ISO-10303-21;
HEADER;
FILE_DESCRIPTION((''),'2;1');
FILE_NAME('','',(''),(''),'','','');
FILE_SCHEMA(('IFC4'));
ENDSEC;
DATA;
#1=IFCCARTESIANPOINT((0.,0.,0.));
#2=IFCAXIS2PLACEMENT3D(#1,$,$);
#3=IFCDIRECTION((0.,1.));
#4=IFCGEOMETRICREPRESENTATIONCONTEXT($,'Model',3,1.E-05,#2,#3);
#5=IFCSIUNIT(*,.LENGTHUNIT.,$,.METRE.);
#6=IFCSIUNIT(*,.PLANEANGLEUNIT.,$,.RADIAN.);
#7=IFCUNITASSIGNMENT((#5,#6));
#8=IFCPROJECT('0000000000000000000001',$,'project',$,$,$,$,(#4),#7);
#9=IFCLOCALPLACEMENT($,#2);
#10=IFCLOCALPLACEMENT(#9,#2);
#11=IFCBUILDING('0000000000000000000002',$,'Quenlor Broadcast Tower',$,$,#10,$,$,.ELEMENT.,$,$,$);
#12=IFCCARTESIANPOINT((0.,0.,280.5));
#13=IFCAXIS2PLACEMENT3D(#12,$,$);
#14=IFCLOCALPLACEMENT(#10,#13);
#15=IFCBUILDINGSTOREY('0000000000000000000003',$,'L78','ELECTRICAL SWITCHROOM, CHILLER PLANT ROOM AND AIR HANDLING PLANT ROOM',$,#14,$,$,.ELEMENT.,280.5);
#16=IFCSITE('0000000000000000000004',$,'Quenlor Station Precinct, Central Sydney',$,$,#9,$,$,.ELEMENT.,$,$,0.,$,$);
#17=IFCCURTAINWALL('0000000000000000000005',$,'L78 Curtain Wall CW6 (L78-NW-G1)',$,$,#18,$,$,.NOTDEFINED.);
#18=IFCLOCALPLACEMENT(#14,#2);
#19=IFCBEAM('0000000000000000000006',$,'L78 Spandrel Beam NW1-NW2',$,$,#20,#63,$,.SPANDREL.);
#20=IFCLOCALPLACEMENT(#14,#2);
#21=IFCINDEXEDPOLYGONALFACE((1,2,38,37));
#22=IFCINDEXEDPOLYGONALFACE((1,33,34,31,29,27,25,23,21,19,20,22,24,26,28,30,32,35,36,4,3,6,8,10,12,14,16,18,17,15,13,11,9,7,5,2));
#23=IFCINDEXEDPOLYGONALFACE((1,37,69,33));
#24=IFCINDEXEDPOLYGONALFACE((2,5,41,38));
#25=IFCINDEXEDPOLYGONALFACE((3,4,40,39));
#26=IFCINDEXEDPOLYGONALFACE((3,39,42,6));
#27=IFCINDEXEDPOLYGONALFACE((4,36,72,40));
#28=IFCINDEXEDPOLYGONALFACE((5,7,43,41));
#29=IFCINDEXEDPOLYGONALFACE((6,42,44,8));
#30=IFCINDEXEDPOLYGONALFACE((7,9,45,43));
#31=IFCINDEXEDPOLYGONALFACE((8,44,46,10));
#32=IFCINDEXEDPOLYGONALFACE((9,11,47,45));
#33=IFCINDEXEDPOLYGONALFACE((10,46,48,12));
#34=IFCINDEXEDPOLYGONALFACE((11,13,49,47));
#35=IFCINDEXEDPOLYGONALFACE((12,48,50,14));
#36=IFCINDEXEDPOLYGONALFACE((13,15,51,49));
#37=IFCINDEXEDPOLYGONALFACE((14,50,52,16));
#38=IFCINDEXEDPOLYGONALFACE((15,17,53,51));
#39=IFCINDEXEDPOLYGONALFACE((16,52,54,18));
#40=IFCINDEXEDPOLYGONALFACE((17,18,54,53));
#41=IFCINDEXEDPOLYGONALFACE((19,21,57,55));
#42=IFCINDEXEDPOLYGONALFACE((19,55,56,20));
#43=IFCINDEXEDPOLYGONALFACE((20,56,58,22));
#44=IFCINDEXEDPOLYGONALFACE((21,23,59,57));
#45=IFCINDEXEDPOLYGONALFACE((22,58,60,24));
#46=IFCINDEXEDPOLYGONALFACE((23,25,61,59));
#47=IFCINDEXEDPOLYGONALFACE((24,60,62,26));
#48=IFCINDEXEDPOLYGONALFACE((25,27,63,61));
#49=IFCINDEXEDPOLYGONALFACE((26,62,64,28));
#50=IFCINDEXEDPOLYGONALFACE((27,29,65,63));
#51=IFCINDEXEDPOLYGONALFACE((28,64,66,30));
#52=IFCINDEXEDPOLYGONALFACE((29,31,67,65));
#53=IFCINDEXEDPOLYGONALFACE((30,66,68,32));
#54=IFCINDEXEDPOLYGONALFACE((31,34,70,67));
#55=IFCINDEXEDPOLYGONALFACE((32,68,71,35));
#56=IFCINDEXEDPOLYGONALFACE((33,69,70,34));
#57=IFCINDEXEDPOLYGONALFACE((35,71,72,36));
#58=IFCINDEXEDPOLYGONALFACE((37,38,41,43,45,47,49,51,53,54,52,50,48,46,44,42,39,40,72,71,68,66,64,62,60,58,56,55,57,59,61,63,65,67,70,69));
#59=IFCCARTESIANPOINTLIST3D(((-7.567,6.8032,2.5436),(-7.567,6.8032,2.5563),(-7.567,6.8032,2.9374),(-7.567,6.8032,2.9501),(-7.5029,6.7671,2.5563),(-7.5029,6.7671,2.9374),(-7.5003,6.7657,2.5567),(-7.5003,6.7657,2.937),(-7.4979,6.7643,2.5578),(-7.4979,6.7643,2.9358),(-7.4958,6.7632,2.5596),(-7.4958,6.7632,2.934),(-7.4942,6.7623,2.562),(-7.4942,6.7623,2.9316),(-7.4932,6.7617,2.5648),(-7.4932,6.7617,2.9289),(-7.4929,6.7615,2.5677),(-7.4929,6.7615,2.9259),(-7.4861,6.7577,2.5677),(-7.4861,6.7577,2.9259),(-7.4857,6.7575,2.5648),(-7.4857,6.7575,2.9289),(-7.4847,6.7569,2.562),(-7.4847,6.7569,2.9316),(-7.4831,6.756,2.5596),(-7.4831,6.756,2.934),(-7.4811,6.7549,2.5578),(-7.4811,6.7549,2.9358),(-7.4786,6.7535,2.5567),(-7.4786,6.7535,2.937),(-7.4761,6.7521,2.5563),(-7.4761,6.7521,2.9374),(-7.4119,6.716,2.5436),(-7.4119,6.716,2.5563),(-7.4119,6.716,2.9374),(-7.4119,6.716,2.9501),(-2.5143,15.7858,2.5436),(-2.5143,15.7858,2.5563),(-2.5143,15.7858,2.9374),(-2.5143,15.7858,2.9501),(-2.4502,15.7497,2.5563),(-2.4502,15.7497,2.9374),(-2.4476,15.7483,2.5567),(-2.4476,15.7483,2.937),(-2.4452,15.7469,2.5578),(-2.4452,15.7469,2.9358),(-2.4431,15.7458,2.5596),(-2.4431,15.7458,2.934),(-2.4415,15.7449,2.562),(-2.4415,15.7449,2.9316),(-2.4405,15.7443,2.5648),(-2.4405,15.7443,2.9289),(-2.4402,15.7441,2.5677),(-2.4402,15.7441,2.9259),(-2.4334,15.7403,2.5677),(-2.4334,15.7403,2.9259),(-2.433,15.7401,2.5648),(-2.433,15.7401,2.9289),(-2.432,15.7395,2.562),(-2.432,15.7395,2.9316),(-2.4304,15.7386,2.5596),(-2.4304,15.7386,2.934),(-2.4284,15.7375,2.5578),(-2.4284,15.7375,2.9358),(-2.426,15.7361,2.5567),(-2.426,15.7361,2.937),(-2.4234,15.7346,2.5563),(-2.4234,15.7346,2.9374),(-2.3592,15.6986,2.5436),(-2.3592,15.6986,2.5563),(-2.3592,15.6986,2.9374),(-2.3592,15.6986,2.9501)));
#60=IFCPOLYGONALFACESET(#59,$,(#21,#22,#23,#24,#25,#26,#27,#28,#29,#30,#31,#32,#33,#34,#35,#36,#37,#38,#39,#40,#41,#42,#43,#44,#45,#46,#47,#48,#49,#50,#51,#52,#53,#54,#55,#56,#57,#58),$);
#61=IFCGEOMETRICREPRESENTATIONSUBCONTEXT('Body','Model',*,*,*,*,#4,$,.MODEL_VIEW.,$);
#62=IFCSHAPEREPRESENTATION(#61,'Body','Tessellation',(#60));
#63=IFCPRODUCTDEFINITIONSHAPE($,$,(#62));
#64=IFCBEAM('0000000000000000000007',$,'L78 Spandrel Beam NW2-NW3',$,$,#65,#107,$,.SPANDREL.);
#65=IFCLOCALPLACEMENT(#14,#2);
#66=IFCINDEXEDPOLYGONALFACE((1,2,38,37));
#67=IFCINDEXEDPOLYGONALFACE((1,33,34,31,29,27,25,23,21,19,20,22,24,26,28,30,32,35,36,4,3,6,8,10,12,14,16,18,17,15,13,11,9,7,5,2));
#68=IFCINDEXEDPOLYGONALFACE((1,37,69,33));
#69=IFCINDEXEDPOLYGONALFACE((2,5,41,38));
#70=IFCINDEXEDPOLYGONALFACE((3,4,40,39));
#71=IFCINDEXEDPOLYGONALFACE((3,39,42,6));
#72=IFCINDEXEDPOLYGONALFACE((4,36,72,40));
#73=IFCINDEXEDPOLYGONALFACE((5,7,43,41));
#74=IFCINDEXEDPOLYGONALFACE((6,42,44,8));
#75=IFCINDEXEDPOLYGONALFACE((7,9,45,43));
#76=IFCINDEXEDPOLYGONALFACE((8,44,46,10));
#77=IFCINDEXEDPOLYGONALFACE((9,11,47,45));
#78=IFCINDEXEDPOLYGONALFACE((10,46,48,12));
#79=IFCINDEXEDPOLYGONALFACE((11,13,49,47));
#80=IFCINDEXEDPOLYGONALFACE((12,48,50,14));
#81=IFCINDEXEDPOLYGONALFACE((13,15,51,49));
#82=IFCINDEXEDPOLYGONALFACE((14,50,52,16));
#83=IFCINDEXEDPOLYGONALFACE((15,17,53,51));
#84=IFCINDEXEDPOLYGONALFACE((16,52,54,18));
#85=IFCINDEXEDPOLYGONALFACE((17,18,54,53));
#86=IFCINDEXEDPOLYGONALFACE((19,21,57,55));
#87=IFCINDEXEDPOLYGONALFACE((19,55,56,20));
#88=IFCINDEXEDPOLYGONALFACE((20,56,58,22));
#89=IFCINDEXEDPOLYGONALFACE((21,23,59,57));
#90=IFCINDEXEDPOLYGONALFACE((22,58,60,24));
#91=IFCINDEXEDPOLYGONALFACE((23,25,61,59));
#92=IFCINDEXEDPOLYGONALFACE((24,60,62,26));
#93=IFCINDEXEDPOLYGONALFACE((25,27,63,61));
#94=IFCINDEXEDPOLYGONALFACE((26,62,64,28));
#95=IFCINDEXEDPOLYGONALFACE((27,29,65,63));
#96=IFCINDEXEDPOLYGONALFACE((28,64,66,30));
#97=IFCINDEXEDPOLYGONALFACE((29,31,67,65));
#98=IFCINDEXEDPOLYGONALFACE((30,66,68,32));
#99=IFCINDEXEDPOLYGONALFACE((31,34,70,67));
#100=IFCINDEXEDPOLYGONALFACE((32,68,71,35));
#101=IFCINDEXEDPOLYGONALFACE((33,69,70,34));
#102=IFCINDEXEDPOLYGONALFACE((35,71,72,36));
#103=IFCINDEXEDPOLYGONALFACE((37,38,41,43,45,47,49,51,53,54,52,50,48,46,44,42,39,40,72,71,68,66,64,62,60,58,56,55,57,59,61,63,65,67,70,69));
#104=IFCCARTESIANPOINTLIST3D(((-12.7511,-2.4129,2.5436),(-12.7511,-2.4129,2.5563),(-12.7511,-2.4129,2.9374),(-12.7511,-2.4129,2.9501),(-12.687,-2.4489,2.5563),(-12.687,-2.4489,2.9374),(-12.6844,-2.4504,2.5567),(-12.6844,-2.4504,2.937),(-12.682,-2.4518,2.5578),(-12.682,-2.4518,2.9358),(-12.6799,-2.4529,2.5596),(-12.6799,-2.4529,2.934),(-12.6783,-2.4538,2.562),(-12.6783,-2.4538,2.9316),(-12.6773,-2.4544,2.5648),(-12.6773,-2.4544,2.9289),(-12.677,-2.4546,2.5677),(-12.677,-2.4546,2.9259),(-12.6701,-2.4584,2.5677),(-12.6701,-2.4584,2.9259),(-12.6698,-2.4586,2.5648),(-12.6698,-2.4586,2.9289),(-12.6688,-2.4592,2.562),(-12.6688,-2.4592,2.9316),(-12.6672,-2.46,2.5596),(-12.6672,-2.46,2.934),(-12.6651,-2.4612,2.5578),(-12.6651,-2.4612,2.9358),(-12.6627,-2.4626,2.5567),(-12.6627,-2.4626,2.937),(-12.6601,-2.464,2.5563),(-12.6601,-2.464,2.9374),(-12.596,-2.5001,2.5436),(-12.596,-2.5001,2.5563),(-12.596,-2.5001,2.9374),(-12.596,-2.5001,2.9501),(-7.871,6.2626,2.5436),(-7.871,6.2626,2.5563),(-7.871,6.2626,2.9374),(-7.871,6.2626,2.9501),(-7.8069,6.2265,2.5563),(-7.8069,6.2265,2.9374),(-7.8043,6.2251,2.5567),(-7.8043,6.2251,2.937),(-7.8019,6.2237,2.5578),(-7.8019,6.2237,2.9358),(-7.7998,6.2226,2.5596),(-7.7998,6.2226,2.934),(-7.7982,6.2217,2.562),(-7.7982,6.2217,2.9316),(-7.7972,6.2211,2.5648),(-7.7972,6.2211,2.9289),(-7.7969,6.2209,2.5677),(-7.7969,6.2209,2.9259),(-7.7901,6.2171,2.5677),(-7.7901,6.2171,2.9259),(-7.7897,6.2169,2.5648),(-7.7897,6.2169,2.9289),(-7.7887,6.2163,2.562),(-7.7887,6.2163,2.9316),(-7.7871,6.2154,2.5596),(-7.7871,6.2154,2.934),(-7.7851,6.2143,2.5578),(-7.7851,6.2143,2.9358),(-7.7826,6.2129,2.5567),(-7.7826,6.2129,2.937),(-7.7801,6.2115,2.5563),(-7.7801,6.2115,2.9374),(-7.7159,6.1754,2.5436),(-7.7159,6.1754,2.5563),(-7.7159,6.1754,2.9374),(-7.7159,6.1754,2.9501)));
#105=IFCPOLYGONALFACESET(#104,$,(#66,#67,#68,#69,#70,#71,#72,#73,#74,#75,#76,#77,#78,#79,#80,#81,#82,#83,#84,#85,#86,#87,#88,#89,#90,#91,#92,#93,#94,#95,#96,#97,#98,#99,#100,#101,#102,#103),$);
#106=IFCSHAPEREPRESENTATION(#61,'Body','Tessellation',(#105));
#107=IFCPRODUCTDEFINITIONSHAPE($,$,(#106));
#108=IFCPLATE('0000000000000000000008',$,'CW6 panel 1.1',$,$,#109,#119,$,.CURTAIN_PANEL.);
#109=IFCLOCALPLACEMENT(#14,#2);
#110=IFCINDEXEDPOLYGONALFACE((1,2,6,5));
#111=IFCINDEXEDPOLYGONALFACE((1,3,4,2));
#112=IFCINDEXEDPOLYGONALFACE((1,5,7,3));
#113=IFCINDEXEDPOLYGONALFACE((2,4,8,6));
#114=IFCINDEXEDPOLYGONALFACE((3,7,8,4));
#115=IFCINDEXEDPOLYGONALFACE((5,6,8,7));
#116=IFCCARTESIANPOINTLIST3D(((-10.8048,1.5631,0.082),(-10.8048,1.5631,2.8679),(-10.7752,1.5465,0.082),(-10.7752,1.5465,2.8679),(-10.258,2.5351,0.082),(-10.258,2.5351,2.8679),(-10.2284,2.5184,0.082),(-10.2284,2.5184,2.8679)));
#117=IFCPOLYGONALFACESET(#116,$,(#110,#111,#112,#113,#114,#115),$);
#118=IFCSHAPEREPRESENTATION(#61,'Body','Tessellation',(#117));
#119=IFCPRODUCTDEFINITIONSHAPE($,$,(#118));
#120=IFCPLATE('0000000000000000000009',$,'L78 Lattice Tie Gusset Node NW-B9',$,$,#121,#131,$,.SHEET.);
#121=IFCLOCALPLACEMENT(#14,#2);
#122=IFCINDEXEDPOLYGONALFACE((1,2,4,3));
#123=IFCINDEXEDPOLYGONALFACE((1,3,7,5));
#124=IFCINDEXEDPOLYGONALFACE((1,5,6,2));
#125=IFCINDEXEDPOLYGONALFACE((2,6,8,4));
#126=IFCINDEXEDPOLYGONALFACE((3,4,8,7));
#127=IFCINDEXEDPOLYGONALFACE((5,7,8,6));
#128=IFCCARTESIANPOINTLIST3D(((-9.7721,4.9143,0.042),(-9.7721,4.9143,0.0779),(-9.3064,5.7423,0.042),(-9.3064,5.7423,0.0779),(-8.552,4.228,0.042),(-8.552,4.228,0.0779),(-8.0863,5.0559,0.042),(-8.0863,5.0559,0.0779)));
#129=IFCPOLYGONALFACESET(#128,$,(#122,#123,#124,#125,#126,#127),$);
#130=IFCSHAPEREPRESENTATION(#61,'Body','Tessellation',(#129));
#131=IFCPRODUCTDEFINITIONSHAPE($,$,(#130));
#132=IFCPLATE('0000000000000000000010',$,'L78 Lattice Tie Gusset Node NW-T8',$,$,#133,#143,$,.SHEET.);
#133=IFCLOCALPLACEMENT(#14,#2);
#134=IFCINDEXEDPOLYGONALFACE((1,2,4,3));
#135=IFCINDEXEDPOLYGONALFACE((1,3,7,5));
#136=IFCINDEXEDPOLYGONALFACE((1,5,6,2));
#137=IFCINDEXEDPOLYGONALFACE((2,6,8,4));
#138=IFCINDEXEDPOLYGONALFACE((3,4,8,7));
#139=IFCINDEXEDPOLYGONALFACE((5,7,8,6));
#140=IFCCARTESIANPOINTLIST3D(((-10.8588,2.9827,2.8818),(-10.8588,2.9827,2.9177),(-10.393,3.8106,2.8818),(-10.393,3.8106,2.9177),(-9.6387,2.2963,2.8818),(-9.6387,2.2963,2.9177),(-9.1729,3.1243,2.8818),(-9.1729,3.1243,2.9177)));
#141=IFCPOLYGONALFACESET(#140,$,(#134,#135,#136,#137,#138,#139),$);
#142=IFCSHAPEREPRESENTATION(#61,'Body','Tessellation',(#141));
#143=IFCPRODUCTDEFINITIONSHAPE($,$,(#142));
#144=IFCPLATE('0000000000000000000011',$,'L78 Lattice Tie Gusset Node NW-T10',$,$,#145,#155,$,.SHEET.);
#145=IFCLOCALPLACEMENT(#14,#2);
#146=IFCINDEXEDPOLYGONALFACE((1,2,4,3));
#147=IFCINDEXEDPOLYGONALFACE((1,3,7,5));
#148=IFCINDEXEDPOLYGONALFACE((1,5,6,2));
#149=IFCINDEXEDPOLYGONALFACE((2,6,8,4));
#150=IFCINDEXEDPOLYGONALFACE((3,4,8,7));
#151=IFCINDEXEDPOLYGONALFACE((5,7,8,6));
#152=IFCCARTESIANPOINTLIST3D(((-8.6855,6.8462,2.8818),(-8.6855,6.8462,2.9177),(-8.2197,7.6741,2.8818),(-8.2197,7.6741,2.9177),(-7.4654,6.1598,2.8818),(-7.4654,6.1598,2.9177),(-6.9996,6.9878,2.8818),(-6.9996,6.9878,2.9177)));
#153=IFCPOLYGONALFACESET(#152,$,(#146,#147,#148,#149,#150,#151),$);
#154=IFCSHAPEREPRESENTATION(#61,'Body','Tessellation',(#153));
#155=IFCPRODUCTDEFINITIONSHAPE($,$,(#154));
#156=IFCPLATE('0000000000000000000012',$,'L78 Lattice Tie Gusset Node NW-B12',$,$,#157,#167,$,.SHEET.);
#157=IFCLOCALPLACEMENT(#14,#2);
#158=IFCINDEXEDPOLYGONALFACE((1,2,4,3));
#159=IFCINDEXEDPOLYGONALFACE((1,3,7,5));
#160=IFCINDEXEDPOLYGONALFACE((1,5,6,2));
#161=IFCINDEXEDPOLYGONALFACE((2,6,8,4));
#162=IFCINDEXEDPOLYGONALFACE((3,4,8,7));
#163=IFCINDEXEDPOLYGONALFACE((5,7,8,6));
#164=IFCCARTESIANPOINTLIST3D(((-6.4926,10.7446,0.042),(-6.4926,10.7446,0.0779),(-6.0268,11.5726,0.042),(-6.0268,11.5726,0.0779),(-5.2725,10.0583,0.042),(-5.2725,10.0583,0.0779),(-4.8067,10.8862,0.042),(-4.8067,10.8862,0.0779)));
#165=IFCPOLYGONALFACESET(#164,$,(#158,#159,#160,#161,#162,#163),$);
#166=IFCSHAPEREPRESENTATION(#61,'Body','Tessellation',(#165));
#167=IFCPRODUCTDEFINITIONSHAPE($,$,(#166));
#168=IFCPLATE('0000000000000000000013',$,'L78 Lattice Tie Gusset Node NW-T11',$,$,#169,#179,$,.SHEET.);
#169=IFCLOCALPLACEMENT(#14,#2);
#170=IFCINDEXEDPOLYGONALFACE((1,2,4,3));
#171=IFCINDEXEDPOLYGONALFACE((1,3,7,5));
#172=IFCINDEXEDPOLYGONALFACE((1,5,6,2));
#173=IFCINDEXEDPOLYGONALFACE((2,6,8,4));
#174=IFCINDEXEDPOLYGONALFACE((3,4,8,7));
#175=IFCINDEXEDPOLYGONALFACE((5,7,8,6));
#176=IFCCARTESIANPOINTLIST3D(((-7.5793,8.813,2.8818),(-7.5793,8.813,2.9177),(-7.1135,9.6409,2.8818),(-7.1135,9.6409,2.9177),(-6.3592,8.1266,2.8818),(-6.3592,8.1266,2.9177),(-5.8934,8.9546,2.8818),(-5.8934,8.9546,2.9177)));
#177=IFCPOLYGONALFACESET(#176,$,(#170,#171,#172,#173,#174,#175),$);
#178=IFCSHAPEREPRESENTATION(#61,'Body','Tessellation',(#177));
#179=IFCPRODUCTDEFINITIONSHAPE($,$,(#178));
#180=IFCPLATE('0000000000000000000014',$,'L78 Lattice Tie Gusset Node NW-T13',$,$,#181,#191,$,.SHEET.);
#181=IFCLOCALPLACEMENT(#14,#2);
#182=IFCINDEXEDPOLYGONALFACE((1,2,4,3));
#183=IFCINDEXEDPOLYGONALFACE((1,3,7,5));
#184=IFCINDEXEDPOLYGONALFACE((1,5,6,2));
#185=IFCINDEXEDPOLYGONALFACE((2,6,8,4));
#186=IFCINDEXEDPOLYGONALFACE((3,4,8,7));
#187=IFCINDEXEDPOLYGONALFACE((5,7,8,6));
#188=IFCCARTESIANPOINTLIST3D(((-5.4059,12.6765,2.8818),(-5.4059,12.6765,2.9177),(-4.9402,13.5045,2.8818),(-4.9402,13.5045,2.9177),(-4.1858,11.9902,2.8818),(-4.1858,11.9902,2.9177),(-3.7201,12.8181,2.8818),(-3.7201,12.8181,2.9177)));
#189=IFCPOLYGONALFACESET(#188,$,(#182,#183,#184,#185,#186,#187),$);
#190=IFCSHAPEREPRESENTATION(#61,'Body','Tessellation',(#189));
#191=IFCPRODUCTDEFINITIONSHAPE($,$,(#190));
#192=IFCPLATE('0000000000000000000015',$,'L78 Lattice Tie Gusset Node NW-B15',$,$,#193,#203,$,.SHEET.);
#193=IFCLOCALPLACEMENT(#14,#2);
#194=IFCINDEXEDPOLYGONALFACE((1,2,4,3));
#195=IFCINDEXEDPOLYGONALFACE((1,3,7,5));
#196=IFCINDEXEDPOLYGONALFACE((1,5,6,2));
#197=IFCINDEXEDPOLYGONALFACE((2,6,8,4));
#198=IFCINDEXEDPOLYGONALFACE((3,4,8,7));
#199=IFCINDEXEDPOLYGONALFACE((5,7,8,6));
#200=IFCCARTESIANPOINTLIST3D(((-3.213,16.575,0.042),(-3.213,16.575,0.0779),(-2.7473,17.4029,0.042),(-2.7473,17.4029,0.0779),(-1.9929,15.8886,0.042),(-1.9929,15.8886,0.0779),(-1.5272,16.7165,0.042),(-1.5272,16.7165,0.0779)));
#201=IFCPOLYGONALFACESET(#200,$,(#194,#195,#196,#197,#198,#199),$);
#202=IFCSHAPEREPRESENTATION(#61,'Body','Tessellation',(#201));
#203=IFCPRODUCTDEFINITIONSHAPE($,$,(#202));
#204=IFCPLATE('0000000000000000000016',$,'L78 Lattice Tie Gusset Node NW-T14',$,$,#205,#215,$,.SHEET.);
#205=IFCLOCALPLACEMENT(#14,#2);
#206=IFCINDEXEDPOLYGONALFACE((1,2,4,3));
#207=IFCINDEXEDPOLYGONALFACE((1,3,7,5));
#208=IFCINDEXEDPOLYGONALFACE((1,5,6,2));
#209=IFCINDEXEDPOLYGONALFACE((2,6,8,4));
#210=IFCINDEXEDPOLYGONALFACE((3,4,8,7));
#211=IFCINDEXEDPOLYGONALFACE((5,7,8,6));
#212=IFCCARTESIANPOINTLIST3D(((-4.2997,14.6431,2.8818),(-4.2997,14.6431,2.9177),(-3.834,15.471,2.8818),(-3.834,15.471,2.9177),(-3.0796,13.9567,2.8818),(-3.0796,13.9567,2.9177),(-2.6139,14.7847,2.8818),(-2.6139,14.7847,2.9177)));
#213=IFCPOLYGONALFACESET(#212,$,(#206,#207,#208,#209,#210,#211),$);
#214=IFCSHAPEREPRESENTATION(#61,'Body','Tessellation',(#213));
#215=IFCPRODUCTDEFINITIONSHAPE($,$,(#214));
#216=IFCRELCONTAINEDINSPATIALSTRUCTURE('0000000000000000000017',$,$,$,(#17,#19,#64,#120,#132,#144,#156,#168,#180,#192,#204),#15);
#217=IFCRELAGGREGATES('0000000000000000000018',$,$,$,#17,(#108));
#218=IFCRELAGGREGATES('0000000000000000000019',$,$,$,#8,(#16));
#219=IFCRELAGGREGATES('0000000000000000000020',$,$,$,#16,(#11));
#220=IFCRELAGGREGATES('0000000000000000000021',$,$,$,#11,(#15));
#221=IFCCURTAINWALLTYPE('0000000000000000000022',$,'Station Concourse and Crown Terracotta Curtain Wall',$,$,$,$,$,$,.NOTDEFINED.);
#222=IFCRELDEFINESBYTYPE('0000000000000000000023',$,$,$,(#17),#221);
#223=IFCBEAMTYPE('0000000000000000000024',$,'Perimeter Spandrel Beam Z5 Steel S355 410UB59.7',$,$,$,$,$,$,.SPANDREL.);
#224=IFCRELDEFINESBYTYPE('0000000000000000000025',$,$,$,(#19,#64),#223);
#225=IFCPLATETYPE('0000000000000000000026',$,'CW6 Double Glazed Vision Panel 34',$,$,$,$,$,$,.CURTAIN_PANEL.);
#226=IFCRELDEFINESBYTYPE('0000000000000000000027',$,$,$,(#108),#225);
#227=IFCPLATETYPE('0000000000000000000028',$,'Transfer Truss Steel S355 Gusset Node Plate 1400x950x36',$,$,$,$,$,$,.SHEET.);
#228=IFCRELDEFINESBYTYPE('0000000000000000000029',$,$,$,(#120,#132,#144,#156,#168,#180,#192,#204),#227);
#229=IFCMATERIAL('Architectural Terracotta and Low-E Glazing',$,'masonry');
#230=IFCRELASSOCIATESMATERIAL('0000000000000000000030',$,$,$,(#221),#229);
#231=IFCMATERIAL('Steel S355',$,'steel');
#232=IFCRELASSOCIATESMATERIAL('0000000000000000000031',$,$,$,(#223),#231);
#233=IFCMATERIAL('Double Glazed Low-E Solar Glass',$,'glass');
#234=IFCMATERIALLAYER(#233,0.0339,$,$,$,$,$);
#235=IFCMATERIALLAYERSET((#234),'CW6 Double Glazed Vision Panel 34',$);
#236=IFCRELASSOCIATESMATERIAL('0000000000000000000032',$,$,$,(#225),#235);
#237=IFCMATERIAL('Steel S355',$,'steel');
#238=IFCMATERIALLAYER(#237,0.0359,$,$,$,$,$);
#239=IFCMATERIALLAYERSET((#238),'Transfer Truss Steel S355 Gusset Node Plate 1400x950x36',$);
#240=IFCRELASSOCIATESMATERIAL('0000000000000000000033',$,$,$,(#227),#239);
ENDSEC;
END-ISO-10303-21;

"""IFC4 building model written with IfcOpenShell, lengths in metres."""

from ifc_helpers import new_model, si_unit, direction, frame, origin, origin_2d, place, context, subcontext, project, spatial, rectangle, i_section, extrude, material, layer, layer_set, material_profile, profile_set, type_object, element, aggregate, save


model = new_model("IFC4")

# Units and contexts
model_context = context("Model", 3, precision=1e-05, world=origin(), true_north=direction((0.0, 1.0)))
body_context = subcontext(model_context, "Body", "Model", "MODEL_VIEW")
ifc_project = project(units=[si_unit("LENGTHUNIT", "METRE"), si_unit("PLANEANGLEUNIT", "RADIAN")], contexts=[model_context])

# Site, building, storey
site_placement = place(None, origin())
site = spatial("IfcSite", under=ifc_project, at=site_placement, Name="Quenlor Station Precinct, Central Sydney", CompositionType="ELEMENT", RefElevation=0.0)
building_placement = place(site_placement, origin())
building = spatial("IfcBuilding", under=site, at=building_placement, Name="Quenlor Broadcast Tower", CompositionType="ELEMENT")
storey_placement = place(building_placement, frame((0.0, 0.0, 280.5)))
storey = spatial("IfcBuildingStorey", under=building, at=storey_placement, Name="L78", Description="ELECTRICAL SWITCHROOM, CHILLER PLANT ROOM AND AIR HANDLING PLANT ROOM", CompositionType="ELEMENT", Elevation=280.5)

# Curtain wall
ifc_material_1 = material(Name="Architectural Terracotta and Low-E Glazing", Category="masonry")
curtain_wall_type = type_object("IfcCurtainWallType", Name="Station Concourse and Crown Terracotta Curtain Wall", PredefinedType="NOTDEFINED", material=ifc_material_1)
curtain_wall_placement = place(storey_placement, origin())
curtain_wall = element("IfcCurtainWall", 1, at=curtain_wall_placement, inside=storey, type_object=curtain_wall_type, Name="L78 Curtain Wall CW6 (L78-NW-G1)", PredefinedType="NOTDEFINED")

# Beams
ifc_material_2 = material(Name="Steel S355", Category="steel")
ifc_material_profile_1 = material_profile(ifc_material_2, i_section(OverallWidth=0.178, OverallDepth=0.4065, WebThickness=0.0078, FlangeThickness=0.0127, FilletRadius=0.0115, at=origin_2d()))
ifc_profile_set_1 = profile_set([ifc_material_profile_1], Name="Steel S355 410UB59.7")
beam_type_1 = type_object("IfcBeamType", Name="Perimeter Spandrel Beam Z5 Steel S355 410UB59.7", PredefinedType="SPANDREL", material=ifc_profile_set_1)
beam_1_placement = place(storey_placement, frame((-2.4368, 15.7422, 2.7468), z_axis=(-0.49026, -0.871576, 0.0), x_axis=(0.871576, -0.49026, 0.0)))
element("IfcBeam", 2, at=beam_1_placement, inside=storey, type_object=beam_type_1, Name="L78 Spandrel Beam NW1-NW2", PredefinedType="SPANDREL", context=body_context, shape_type="SweptSolid", body=[
    extrude(i_section(OverallWidth=0.178, OverallDepth=0.4065, WebThickness=0.0078, FlangeThickness=0.0127, FilletRadius=0.0115, at=origin_2d()), origin(), (0.0, 0.0, 1.0), 10.3062),
])
beam_2_placement = place(storey_placement, frame((-7.7935, 6.219, 2.7468), z_axis=(-0.490272, -0.87157, 0.0), x_axis=(0.87157, -0.490272, 0.0)))
element("IfcBeam", 3, at=beam_2_placement, inside=storey, type_object=beam_type_1, Name="L78 Spandrel Beam NW2-NW3", PredefinedType="SPANDREL", context=body_context, shape_type="SweptSolid", body=[
    extrude(i_section(OverallWidth=0.178, OverallDepth=0.4065, WebThickness=0.0078, FlangeThickness=0.0127, FilletRadius=0.0115, at=origin_2d()), origin(), (0.0, 0.0, 1.0), 9.9539),
])

# Plate
ifc_material_3 = material(Name="Double Glazed Low-E Solar Glass", Category="glass")
ifc_layer_1 = layer(ifc_material_3, 0.0339)
ifc_layer_set_1 = layer_set([ifc_layer_1], Name="CW6 Double Glazed Vision Panel 34")
plate_type_1 = type_object("IfcPlateType", Name="CW6 Double Glazed Vision Panel 34", PredefinedType="CURTAIN_PANEL", material=ifc_layer_set_1)
plate_placement = place(storey_placement, frame((-10.5166, 2.0408, 0.082), z_axis=(0.0, 0.0, 1.0), x_axis=(0.490302, 0.871553, 0.0)))
plate = element("IfcPlate", 4, at=plate_placement, type_object=plate_type_1, Name="CW6 panel 1.1", PredefinedType="CURTAIN_PANEL", context=body_context, shape_type="SweptSolid", body=[
    extrude(rectangle(XDim=1.1152, YDim=0.0339, at=origin_2d()), origin(), (0.0, 0.0, 1.0), 2.7859),
])
aggregate(curtain_wall, [plate])

# Plates
ifc_material_4 = material(Name="Steel S355", Category="steel")
ifc_layer_2 = layer(ifc_material_4, 0.0359)
ifc_layer_set_2 = layer_set([ifc_layer_2], Name="Transfer Truss Steel S355 Gusset Node Plate 1400x950x36")
plate_type_2 = type_object("IfcPlateType", Name="Transfer Truss Steel S355 Gusset Node Plate 1400x950x36", PredefinedType="SHEET", material=ifc_layer_set_2)
for number, where, z_axis, x_axis, name in (
    (5, (-8.9292, 4.9851, 0.042), (0.0, 0.0, 1.0), (-0.871556, 0.490295, 0.0), "L78 Lattice Tie Gusset Node NW-B9"),
    (6, (-10.0159, 3.0535, 2.8818), (0.0, 0.0, 1.0), (-0.871556, 0.490295, 0.0), "L78 Lattice Tie Gusset Node NW-T8"),
    (7, (-7.8425, 6.917, 2.8818), (0.0, 0.0, 1.0), (-0.871556, 0.490295, 0.0), "L78 Lattice Tie Gusset Node NW-T10"),
    (8, (-5.6497, 10.8154, 0.042), (0.0, 0.0, 1.0), (-0.871556, 0.490295, 0.0), "L78 Lattice Tie Gusset Node NW-B12"),
    (9, (-6.7363, 8.8838, 2.8818), (0.0, 0.0, 1.0), (-0.871556, 0.490295, 0.0), "L78 Lattice Tie Gusset Node NW-T11"),
    (10, (-4.563, 12.7473, 2.8818), (0.0, 0.0, 1.0), (-0.871556, 0.490295, 0.0), "L78 Lattice Tie Gusset Node NW-T13"),
    (11, (-2.3701, 16.6458, 0.042), (0.0, 0.0, 1.0), (-0.871556, 0.490295, 0.0), "L78 Lattice Tie Gusset Node NW-B15"),
    (12, (-3.4568, 14.7139, 2.8818), (0.0, 0.0, 1.0), (-0.871556, 0.490295, 0.0), "L78 Lattice Tie Gusset Node NW-T14"),
):
    element("IfcPlate", number, at=place(storey_placement, frame(where, z_axis=z_axis, x_axis=x_axis)), inside=storey, type_object=plate_type_2, Name=name, PredefinedType="SHEET", context=body_context, shape_type="SweptSolid", body=[
        extrude(rectangle(XDim=1.3999, YDim=0.95, at=origin_2d()), origin(), (0.0, 0.0, 1.0), 0.0359),
    ])

save(model, "model.ifc")
